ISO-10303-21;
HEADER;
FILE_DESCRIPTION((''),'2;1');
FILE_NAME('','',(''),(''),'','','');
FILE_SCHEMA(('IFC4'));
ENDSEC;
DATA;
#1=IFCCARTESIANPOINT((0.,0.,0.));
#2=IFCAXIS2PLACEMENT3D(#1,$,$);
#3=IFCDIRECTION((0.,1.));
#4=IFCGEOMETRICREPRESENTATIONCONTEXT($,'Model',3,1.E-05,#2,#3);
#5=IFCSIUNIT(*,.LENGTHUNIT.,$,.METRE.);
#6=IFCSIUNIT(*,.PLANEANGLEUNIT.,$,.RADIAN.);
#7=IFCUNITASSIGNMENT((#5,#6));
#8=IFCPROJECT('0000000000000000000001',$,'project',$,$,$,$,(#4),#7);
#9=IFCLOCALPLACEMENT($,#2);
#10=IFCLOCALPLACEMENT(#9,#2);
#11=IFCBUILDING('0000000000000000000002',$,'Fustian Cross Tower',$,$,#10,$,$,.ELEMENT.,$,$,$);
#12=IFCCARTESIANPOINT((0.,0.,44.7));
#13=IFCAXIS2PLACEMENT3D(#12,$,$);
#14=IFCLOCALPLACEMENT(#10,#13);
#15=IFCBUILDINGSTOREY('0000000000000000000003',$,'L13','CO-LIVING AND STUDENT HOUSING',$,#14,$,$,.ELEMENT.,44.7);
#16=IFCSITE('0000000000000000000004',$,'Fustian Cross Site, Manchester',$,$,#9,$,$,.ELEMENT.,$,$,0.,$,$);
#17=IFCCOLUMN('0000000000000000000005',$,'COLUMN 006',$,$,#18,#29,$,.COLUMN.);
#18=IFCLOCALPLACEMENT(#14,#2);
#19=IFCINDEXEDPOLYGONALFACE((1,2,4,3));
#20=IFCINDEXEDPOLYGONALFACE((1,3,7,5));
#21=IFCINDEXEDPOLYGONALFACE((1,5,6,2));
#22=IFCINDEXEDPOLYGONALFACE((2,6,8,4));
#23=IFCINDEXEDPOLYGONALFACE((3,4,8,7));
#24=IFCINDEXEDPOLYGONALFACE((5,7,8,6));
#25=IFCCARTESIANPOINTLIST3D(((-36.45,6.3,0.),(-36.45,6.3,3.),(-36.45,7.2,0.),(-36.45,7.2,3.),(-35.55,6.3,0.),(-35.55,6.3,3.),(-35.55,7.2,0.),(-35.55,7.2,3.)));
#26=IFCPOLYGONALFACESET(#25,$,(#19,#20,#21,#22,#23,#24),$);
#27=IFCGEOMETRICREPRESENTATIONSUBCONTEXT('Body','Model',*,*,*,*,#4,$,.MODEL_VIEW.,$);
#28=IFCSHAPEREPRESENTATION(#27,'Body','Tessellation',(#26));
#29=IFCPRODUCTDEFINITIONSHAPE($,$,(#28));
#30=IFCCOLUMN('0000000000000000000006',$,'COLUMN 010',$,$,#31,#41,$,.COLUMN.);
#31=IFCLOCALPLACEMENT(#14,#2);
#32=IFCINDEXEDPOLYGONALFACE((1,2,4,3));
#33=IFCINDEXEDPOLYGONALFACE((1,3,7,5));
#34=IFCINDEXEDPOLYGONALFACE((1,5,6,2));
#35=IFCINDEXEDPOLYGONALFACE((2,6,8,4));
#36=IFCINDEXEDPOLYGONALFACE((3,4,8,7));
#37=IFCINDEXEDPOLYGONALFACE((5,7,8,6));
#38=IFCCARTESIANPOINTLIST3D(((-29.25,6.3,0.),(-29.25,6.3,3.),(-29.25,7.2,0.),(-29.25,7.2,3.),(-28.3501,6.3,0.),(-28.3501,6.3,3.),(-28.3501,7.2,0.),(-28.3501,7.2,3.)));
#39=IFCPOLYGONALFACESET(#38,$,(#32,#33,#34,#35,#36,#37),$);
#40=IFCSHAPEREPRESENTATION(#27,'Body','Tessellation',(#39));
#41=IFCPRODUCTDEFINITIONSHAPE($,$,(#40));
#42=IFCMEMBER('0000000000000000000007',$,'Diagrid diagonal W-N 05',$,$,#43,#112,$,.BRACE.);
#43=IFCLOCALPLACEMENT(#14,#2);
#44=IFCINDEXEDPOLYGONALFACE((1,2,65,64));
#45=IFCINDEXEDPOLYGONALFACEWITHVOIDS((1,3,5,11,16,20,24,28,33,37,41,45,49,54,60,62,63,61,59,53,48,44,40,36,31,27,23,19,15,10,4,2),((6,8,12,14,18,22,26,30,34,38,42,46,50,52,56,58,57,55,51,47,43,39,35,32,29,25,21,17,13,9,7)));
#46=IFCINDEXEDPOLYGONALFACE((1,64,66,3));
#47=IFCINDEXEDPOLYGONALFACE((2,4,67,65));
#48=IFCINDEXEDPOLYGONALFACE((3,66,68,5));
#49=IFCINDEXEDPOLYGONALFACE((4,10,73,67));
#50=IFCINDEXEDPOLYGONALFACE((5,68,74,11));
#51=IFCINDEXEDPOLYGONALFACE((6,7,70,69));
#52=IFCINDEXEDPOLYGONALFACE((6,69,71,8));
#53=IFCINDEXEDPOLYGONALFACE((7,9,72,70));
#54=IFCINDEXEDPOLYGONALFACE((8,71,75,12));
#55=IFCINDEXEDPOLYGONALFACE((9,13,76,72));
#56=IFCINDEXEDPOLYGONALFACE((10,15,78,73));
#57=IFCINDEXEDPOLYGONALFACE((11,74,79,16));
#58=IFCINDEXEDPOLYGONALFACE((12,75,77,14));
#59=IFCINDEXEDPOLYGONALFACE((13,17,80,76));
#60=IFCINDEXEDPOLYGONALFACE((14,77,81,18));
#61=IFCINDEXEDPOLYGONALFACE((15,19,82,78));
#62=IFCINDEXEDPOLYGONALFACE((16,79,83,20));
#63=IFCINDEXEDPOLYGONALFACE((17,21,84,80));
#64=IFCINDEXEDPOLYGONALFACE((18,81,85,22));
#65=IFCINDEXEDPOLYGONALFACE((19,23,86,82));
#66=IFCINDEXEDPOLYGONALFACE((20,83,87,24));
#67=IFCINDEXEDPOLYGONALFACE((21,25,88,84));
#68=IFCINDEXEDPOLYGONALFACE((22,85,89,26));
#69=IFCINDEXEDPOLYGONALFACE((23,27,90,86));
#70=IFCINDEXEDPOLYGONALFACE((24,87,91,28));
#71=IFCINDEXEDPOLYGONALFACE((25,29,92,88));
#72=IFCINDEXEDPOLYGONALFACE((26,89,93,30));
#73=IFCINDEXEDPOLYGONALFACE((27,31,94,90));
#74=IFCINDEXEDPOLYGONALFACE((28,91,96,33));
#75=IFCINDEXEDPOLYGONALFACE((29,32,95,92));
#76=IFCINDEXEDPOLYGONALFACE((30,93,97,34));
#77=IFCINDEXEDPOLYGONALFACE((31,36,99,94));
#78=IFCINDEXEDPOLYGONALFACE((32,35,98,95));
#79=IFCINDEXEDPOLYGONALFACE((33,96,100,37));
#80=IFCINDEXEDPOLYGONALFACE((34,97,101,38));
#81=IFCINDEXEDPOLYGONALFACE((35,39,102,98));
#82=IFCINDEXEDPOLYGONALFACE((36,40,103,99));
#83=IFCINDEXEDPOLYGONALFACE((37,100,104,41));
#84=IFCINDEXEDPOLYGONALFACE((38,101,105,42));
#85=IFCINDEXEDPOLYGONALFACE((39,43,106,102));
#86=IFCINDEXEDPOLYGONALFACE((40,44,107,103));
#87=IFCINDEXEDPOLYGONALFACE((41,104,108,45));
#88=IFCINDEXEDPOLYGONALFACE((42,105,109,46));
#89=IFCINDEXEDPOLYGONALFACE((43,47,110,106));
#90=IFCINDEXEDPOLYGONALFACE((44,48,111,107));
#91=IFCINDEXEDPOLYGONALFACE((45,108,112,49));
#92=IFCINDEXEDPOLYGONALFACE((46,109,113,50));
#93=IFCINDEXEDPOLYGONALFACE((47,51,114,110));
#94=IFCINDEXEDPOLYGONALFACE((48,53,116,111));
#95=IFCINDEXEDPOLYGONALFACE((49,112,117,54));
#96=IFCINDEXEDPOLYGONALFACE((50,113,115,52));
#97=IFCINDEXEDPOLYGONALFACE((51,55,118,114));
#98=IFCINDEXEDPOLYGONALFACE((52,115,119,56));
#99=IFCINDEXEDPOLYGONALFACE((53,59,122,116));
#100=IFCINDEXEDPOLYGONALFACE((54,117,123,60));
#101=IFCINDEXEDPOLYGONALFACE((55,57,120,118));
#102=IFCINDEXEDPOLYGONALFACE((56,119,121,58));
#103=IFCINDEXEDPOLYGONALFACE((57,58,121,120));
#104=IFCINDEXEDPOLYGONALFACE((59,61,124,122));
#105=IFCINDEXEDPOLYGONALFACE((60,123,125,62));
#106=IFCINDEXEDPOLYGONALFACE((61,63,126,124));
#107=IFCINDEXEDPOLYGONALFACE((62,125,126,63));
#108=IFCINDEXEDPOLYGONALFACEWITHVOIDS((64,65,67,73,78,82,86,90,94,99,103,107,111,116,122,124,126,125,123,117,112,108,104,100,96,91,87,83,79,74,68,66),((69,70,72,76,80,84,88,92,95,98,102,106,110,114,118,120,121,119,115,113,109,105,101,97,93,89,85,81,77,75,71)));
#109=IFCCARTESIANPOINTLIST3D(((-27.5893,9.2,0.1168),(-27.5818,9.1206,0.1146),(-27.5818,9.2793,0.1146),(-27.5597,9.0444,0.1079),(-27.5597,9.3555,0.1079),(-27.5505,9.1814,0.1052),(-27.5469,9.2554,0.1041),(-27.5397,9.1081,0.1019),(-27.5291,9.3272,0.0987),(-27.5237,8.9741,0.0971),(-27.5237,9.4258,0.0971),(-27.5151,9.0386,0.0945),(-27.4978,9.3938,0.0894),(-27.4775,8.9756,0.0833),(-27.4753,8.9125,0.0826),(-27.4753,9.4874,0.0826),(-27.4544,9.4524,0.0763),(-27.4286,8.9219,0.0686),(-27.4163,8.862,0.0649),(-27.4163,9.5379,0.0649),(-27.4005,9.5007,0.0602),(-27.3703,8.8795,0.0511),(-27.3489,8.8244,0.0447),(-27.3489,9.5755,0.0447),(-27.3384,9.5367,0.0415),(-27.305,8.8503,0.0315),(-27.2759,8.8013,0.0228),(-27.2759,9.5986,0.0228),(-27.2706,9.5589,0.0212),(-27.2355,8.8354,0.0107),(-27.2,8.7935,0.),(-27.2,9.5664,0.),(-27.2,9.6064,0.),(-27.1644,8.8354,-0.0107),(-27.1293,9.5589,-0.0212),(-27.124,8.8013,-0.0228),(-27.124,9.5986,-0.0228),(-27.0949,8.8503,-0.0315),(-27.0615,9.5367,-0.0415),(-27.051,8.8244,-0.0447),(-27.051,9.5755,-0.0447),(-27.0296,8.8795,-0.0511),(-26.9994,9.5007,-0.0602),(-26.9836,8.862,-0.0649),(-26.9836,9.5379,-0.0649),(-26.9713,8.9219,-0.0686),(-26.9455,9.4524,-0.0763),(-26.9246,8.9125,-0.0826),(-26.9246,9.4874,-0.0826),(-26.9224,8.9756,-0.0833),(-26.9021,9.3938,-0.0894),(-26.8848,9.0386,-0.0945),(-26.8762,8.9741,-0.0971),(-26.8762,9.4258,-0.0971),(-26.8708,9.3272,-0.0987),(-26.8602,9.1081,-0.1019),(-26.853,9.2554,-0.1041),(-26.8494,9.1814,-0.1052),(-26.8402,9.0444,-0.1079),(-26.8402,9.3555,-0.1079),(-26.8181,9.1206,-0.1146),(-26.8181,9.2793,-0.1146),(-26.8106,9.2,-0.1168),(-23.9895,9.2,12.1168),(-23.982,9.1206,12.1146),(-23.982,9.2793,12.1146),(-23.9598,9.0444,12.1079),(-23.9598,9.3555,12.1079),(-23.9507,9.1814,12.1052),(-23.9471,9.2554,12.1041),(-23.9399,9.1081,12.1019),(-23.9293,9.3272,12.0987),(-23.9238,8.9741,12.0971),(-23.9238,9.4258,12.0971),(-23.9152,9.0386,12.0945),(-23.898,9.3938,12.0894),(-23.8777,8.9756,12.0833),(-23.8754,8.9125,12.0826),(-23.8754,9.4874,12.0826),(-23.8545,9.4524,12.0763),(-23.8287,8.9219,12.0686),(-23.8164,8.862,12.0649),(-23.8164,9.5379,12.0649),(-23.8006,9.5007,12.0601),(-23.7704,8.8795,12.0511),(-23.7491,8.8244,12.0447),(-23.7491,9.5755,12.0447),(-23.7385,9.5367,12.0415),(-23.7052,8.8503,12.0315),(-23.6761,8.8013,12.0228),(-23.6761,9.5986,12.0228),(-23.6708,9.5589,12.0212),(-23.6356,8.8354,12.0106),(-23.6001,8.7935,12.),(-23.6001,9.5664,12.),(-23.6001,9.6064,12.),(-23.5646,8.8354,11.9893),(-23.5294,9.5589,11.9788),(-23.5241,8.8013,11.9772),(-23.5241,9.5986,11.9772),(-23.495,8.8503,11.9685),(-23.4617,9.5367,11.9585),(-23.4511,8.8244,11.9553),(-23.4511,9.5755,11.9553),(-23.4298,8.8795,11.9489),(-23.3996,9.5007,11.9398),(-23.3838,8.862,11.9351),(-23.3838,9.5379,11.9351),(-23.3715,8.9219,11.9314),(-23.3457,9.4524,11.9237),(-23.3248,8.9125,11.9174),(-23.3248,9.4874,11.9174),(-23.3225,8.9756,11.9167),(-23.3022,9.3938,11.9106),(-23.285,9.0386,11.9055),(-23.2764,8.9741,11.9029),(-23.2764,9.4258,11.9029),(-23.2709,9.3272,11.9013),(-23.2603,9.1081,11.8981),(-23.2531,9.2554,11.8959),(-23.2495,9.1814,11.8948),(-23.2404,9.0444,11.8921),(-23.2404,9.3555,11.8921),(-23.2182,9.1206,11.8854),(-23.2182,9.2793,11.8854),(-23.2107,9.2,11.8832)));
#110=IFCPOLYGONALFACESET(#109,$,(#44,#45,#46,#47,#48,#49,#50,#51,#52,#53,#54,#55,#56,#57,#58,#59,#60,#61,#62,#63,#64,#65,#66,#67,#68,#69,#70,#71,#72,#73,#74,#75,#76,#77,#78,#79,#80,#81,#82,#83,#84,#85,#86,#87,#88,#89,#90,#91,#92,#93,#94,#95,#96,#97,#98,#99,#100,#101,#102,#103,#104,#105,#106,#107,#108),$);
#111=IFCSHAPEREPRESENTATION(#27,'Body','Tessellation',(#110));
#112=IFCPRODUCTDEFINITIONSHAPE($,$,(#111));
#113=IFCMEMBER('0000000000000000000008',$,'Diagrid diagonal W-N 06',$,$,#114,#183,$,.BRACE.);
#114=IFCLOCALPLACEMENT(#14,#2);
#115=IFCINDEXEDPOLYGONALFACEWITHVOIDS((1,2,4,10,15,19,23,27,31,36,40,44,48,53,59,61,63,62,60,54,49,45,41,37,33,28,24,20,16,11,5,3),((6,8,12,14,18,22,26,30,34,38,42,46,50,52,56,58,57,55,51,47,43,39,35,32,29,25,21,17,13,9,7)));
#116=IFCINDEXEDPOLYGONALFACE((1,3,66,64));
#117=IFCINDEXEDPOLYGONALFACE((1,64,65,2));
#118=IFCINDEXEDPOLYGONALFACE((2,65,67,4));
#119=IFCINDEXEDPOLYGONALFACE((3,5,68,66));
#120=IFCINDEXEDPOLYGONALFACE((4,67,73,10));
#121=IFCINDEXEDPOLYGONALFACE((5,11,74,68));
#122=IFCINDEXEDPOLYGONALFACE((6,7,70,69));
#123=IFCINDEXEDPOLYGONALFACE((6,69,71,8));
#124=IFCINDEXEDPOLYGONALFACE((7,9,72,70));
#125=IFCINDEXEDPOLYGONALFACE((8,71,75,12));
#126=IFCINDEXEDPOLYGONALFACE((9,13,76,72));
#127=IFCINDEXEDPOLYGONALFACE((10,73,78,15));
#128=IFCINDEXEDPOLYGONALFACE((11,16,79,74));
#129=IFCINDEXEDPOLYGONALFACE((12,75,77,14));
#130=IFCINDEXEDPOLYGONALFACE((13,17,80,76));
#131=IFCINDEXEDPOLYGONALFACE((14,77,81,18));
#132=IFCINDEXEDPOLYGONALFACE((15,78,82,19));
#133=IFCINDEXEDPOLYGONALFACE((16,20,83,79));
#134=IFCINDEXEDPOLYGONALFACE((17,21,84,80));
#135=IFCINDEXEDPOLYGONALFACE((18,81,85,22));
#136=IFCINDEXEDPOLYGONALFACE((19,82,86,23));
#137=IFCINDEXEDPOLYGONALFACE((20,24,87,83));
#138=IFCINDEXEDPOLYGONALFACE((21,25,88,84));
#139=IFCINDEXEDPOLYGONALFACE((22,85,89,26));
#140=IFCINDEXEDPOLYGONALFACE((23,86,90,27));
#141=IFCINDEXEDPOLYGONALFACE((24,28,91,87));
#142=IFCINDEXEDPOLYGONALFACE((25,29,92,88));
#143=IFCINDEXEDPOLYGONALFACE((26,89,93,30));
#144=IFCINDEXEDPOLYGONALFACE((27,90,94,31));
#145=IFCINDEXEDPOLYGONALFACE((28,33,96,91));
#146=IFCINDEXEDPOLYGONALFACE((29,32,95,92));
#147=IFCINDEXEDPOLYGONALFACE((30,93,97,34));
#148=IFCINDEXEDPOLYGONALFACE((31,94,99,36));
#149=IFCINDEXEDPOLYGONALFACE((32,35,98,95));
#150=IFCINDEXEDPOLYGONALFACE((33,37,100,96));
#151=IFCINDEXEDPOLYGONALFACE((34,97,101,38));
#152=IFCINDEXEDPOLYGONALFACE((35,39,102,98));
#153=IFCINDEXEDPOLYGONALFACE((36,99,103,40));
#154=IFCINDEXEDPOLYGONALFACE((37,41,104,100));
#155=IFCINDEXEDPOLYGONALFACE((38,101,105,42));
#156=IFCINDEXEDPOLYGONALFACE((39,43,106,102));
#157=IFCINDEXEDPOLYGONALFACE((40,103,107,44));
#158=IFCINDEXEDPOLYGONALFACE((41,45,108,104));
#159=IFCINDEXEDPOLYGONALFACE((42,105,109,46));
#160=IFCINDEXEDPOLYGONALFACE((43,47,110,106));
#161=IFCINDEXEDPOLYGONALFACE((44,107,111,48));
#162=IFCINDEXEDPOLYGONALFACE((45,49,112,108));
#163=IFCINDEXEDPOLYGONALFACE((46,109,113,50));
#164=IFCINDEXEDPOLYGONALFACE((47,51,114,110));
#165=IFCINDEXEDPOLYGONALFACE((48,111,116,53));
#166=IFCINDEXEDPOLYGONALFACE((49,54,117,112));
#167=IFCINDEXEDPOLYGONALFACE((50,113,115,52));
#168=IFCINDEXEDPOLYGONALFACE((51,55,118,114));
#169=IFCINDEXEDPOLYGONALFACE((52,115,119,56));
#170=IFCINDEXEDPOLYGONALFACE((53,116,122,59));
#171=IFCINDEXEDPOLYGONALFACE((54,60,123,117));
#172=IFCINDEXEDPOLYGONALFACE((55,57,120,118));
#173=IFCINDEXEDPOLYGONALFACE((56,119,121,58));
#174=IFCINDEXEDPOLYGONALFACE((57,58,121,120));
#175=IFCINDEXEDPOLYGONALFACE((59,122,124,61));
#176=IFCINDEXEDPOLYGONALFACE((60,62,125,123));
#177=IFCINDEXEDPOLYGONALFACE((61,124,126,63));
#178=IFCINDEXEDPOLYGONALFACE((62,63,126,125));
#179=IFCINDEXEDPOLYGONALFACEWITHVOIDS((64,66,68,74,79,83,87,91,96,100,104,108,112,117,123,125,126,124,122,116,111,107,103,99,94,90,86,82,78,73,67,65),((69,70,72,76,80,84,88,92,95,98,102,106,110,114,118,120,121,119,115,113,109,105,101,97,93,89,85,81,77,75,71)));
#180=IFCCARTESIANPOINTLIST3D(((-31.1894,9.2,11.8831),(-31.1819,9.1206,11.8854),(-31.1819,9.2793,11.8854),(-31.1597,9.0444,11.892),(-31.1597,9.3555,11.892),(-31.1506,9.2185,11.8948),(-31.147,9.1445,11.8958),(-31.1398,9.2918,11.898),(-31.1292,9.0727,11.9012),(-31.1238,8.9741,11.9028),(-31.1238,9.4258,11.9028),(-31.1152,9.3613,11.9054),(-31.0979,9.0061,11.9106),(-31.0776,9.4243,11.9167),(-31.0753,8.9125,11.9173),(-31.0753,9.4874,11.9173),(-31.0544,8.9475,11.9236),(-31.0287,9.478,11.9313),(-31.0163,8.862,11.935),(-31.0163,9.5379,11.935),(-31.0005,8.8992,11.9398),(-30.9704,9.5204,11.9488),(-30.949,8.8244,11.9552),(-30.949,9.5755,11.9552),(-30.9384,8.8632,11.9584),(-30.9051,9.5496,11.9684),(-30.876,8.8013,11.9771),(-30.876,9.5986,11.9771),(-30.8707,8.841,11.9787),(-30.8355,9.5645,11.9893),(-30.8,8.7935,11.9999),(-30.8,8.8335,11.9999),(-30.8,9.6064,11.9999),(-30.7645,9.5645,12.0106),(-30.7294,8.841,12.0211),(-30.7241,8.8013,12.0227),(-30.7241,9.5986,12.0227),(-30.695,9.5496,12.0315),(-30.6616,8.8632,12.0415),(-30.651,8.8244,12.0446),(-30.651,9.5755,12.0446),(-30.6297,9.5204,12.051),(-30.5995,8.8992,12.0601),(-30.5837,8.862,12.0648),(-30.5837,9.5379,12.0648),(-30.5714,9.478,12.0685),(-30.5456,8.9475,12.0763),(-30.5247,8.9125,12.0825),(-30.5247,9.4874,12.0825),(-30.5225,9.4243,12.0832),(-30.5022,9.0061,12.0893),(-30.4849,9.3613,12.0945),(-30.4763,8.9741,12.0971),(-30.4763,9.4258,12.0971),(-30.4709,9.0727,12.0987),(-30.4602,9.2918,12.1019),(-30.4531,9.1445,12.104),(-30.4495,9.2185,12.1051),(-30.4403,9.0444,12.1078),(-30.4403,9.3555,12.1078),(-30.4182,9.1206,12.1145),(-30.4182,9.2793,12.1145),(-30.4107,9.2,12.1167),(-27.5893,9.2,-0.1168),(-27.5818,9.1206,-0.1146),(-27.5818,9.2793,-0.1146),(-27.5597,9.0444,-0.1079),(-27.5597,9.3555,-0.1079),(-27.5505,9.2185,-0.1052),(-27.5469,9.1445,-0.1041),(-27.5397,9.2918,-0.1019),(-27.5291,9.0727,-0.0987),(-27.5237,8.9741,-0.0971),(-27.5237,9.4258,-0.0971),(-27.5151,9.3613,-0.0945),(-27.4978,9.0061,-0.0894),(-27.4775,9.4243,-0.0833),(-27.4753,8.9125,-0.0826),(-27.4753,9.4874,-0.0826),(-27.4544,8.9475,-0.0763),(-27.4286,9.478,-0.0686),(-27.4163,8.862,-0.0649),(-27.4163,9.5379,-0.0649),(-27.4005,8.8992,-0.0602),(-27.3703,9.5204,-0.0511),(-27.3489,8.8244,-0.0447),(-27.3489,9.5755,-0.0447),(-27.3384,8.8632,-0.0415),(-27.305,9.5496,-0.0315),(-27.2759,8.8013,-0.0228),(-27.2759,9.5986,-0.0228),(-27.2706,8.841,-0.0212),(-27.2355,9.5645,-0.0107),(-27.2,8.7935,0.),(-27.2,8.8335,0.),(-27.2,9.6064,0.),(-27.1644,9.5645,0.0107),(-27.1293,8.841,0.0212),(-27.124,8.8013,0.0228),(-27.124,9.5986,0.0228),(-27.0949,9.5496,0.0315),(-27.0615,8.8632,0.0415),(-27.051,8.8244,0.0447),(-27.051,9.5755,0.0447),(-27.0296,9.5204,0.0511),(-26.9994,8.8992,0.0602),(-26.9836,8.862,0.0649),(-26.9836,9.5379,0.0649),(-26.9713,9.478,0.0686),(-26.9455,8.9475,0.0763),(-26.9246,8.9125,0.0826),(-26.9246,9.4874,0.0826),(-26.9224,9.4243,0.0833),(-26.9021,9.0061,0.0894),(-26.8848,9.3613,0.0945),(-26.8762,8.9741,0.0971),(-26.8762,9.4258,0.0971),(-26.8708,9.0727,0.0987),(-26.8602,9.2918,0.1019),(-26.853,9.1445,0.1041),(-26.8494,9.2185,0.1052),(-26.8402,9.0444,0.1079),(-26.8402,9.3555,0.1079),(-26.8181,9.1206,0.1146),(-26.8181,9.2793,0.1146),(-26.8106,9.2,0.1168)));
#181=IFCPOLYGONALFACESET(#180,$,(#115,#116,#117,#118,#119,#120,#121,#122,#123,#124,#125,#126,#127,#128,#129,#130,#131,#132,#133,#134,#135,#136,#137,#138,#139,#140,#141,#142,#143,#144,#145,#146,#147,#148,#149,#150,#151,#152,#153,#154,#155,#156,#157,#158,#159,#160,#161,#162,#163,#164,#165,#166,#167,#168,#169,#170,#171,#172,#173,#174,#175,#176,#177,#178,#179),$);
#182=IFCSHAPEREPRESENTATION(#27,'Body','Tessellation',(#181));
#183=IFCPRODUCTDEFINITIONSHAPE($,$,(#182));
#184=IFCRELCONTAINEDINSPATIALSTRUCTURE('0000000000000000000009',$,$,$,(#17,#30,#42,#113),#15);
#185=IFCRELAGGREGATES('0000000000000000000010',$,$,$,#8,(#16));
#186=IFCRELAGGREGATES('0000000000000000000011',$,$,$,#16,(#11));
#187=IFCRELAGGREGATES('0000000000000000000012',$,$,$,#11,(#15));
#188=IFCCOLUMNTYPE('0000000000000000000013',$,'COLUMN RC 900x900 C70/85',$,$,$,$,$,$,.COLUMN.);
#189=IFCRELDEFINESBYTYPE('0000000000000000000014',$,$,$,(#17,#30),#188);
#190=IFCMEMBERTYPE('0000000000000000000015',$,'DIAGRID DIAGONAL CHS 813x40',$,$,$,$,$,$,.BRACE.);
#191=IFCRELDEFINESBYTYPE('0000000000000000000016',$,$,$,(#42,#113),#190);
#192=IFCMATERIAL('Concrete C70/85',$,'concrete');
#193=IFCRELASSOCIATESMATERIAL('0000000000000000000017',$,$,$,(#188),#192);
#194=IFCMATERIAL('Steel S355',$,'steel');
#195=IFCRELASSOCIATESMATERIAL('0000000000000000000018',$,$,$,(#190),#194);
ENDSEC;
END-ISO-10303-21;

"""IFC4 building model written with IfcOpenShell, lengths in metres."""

from ifc_helpers import new_model, si_unit, direction, frame, origin, origin_2d, place, context, subcontext, project, spatial, rectangle, hollow_circle, extrude, material, material_profile, profile_set, type_object, element, save


model = new_model("IFC4")

# Units and contexts
model_context = context("Model", 3, precision=1e-05, world=origin(), true_north=direction((0.0, 1.0)))
body_context = subcontext(model_context, "Body", "Model", "MODEL_VIEW")
ifc_project = project(units=[si_unit("LENGTHUNIT", "METRE"), si_unit("PLANEANGLEUNIT", "RADIAN")], contexts=[model_context])

# Site, building, storey
site_placement = place(None, origin())
site = spatial("IfcSite", under=ifc_project, at=site_placement, Name="Fustian Cross Site, Manchester", CompositionType="ELEMENT", RefElevation=0.0)
building_placement = place(site_placement, origin())
building = spatial("IfcBuilding", under=site, at=building_placement, Name="Fustian Cross Tower", CompositionType="ELEMENT")
storey_placement = place(building_placement, frame((0.0, 0.0, 44.7)))
storey = spatial("IfcBuildingStorey", under=building, at=storey_placement, Name="L13", Description="CO-LIVING AND STUDENT HOUSING", CompositionType="ELEMENT", Elevation=44.7)

# Columns
ifc_material_1 = material(Name="Concrete C70/85", Category="concrete")
ifc_material_profile_1 = material_profile(ifc_material_1, rectangle(XDim=0.8999, YDim=0.8999, at=origin_2d()), Name="RC 900x900")
ifc_profile_set_1 = profile_set([ifc_material_profile_1], Name="Concrete C70/85")
column_type = type_object("IfcColumnType", Name="COLUMN RC 900x900 C70/85", PredefinedType="COLUMN", material=ifc_profile_set_1)
for number, where, z_axis, x_axis, name in (
    (1, (-36.0, 6.75, 0.0), (0.0, 0.0, 1.0), (1.0, 0.0, 0.0), "COLUMN 006"),
    (2, (-28.8, 6.75, 0.0), (0.0, 0.0, 1.0), (1.0, 0.0, 0.0), "COLUMN 010"),
):
    element("IfcColumn", number, at=place(storey_placement, frame(where, z_axis=z_axis, x_axis=x_axis)), inside=storey, type_object=column_type, Name=name, PredefinedType="COLUMN", context=body_context, shape_type="SweptSolid", body=[
        extrude(rectangle(XDim=0.8999, YDim=0.8999, at=origin_2d()), origin(), (0.0, 0.0, 1.0), 3.0),
    ])

# Members
ifc_material_2 = material(Name="Steel S355", Category="steel")
ifc_material_profile_2 = material_profile(ifc_material_2, hollow_circle(Radius=0.4065, WallThickness=0.04, at=origin_2d()), Name="CHS 813x40")
ifc_profile_set_2 = profile_set([ifc_material_profile_2], Name="Steel S355")
member_type = type_object("IfcMemberType", Name="DIAGRID DIAGONAL CHS 813x40", PredefinedType="BRACE", material=ifc_profile_set_2)
for number, where, z_axis, x_axis, name in (
    (3, (-27.2, 9.2, 0.0), (0.287337, 0.0, 0.95783), (0.0, 1.0, 0.0), "Diagrid diagonal W-N 05"),
    (4, (-27.2, 9.2, 0.0), (-0.287355, 0.0, 0.957824), (0.0, -1.0, 0.0), "Diagrid diagonal W-N 06"),
):
    element("IfcMember", number, at=place(storey_placement, frame(where, z_axis=z_axis, x_axis=x_axis)), inside=storey, type_object=member_type, Name=name, PredefinedType="BRACE", context=body_context, shape_type="SweptSolid", body=[
        extrude(hollow_circle(Radius=0.4065, WallThickness=0.04, at=origin_2d()), origin(), (0.0, 0.0, 1.0), 12.5283),
    ])

save(model, "model.ifc")
